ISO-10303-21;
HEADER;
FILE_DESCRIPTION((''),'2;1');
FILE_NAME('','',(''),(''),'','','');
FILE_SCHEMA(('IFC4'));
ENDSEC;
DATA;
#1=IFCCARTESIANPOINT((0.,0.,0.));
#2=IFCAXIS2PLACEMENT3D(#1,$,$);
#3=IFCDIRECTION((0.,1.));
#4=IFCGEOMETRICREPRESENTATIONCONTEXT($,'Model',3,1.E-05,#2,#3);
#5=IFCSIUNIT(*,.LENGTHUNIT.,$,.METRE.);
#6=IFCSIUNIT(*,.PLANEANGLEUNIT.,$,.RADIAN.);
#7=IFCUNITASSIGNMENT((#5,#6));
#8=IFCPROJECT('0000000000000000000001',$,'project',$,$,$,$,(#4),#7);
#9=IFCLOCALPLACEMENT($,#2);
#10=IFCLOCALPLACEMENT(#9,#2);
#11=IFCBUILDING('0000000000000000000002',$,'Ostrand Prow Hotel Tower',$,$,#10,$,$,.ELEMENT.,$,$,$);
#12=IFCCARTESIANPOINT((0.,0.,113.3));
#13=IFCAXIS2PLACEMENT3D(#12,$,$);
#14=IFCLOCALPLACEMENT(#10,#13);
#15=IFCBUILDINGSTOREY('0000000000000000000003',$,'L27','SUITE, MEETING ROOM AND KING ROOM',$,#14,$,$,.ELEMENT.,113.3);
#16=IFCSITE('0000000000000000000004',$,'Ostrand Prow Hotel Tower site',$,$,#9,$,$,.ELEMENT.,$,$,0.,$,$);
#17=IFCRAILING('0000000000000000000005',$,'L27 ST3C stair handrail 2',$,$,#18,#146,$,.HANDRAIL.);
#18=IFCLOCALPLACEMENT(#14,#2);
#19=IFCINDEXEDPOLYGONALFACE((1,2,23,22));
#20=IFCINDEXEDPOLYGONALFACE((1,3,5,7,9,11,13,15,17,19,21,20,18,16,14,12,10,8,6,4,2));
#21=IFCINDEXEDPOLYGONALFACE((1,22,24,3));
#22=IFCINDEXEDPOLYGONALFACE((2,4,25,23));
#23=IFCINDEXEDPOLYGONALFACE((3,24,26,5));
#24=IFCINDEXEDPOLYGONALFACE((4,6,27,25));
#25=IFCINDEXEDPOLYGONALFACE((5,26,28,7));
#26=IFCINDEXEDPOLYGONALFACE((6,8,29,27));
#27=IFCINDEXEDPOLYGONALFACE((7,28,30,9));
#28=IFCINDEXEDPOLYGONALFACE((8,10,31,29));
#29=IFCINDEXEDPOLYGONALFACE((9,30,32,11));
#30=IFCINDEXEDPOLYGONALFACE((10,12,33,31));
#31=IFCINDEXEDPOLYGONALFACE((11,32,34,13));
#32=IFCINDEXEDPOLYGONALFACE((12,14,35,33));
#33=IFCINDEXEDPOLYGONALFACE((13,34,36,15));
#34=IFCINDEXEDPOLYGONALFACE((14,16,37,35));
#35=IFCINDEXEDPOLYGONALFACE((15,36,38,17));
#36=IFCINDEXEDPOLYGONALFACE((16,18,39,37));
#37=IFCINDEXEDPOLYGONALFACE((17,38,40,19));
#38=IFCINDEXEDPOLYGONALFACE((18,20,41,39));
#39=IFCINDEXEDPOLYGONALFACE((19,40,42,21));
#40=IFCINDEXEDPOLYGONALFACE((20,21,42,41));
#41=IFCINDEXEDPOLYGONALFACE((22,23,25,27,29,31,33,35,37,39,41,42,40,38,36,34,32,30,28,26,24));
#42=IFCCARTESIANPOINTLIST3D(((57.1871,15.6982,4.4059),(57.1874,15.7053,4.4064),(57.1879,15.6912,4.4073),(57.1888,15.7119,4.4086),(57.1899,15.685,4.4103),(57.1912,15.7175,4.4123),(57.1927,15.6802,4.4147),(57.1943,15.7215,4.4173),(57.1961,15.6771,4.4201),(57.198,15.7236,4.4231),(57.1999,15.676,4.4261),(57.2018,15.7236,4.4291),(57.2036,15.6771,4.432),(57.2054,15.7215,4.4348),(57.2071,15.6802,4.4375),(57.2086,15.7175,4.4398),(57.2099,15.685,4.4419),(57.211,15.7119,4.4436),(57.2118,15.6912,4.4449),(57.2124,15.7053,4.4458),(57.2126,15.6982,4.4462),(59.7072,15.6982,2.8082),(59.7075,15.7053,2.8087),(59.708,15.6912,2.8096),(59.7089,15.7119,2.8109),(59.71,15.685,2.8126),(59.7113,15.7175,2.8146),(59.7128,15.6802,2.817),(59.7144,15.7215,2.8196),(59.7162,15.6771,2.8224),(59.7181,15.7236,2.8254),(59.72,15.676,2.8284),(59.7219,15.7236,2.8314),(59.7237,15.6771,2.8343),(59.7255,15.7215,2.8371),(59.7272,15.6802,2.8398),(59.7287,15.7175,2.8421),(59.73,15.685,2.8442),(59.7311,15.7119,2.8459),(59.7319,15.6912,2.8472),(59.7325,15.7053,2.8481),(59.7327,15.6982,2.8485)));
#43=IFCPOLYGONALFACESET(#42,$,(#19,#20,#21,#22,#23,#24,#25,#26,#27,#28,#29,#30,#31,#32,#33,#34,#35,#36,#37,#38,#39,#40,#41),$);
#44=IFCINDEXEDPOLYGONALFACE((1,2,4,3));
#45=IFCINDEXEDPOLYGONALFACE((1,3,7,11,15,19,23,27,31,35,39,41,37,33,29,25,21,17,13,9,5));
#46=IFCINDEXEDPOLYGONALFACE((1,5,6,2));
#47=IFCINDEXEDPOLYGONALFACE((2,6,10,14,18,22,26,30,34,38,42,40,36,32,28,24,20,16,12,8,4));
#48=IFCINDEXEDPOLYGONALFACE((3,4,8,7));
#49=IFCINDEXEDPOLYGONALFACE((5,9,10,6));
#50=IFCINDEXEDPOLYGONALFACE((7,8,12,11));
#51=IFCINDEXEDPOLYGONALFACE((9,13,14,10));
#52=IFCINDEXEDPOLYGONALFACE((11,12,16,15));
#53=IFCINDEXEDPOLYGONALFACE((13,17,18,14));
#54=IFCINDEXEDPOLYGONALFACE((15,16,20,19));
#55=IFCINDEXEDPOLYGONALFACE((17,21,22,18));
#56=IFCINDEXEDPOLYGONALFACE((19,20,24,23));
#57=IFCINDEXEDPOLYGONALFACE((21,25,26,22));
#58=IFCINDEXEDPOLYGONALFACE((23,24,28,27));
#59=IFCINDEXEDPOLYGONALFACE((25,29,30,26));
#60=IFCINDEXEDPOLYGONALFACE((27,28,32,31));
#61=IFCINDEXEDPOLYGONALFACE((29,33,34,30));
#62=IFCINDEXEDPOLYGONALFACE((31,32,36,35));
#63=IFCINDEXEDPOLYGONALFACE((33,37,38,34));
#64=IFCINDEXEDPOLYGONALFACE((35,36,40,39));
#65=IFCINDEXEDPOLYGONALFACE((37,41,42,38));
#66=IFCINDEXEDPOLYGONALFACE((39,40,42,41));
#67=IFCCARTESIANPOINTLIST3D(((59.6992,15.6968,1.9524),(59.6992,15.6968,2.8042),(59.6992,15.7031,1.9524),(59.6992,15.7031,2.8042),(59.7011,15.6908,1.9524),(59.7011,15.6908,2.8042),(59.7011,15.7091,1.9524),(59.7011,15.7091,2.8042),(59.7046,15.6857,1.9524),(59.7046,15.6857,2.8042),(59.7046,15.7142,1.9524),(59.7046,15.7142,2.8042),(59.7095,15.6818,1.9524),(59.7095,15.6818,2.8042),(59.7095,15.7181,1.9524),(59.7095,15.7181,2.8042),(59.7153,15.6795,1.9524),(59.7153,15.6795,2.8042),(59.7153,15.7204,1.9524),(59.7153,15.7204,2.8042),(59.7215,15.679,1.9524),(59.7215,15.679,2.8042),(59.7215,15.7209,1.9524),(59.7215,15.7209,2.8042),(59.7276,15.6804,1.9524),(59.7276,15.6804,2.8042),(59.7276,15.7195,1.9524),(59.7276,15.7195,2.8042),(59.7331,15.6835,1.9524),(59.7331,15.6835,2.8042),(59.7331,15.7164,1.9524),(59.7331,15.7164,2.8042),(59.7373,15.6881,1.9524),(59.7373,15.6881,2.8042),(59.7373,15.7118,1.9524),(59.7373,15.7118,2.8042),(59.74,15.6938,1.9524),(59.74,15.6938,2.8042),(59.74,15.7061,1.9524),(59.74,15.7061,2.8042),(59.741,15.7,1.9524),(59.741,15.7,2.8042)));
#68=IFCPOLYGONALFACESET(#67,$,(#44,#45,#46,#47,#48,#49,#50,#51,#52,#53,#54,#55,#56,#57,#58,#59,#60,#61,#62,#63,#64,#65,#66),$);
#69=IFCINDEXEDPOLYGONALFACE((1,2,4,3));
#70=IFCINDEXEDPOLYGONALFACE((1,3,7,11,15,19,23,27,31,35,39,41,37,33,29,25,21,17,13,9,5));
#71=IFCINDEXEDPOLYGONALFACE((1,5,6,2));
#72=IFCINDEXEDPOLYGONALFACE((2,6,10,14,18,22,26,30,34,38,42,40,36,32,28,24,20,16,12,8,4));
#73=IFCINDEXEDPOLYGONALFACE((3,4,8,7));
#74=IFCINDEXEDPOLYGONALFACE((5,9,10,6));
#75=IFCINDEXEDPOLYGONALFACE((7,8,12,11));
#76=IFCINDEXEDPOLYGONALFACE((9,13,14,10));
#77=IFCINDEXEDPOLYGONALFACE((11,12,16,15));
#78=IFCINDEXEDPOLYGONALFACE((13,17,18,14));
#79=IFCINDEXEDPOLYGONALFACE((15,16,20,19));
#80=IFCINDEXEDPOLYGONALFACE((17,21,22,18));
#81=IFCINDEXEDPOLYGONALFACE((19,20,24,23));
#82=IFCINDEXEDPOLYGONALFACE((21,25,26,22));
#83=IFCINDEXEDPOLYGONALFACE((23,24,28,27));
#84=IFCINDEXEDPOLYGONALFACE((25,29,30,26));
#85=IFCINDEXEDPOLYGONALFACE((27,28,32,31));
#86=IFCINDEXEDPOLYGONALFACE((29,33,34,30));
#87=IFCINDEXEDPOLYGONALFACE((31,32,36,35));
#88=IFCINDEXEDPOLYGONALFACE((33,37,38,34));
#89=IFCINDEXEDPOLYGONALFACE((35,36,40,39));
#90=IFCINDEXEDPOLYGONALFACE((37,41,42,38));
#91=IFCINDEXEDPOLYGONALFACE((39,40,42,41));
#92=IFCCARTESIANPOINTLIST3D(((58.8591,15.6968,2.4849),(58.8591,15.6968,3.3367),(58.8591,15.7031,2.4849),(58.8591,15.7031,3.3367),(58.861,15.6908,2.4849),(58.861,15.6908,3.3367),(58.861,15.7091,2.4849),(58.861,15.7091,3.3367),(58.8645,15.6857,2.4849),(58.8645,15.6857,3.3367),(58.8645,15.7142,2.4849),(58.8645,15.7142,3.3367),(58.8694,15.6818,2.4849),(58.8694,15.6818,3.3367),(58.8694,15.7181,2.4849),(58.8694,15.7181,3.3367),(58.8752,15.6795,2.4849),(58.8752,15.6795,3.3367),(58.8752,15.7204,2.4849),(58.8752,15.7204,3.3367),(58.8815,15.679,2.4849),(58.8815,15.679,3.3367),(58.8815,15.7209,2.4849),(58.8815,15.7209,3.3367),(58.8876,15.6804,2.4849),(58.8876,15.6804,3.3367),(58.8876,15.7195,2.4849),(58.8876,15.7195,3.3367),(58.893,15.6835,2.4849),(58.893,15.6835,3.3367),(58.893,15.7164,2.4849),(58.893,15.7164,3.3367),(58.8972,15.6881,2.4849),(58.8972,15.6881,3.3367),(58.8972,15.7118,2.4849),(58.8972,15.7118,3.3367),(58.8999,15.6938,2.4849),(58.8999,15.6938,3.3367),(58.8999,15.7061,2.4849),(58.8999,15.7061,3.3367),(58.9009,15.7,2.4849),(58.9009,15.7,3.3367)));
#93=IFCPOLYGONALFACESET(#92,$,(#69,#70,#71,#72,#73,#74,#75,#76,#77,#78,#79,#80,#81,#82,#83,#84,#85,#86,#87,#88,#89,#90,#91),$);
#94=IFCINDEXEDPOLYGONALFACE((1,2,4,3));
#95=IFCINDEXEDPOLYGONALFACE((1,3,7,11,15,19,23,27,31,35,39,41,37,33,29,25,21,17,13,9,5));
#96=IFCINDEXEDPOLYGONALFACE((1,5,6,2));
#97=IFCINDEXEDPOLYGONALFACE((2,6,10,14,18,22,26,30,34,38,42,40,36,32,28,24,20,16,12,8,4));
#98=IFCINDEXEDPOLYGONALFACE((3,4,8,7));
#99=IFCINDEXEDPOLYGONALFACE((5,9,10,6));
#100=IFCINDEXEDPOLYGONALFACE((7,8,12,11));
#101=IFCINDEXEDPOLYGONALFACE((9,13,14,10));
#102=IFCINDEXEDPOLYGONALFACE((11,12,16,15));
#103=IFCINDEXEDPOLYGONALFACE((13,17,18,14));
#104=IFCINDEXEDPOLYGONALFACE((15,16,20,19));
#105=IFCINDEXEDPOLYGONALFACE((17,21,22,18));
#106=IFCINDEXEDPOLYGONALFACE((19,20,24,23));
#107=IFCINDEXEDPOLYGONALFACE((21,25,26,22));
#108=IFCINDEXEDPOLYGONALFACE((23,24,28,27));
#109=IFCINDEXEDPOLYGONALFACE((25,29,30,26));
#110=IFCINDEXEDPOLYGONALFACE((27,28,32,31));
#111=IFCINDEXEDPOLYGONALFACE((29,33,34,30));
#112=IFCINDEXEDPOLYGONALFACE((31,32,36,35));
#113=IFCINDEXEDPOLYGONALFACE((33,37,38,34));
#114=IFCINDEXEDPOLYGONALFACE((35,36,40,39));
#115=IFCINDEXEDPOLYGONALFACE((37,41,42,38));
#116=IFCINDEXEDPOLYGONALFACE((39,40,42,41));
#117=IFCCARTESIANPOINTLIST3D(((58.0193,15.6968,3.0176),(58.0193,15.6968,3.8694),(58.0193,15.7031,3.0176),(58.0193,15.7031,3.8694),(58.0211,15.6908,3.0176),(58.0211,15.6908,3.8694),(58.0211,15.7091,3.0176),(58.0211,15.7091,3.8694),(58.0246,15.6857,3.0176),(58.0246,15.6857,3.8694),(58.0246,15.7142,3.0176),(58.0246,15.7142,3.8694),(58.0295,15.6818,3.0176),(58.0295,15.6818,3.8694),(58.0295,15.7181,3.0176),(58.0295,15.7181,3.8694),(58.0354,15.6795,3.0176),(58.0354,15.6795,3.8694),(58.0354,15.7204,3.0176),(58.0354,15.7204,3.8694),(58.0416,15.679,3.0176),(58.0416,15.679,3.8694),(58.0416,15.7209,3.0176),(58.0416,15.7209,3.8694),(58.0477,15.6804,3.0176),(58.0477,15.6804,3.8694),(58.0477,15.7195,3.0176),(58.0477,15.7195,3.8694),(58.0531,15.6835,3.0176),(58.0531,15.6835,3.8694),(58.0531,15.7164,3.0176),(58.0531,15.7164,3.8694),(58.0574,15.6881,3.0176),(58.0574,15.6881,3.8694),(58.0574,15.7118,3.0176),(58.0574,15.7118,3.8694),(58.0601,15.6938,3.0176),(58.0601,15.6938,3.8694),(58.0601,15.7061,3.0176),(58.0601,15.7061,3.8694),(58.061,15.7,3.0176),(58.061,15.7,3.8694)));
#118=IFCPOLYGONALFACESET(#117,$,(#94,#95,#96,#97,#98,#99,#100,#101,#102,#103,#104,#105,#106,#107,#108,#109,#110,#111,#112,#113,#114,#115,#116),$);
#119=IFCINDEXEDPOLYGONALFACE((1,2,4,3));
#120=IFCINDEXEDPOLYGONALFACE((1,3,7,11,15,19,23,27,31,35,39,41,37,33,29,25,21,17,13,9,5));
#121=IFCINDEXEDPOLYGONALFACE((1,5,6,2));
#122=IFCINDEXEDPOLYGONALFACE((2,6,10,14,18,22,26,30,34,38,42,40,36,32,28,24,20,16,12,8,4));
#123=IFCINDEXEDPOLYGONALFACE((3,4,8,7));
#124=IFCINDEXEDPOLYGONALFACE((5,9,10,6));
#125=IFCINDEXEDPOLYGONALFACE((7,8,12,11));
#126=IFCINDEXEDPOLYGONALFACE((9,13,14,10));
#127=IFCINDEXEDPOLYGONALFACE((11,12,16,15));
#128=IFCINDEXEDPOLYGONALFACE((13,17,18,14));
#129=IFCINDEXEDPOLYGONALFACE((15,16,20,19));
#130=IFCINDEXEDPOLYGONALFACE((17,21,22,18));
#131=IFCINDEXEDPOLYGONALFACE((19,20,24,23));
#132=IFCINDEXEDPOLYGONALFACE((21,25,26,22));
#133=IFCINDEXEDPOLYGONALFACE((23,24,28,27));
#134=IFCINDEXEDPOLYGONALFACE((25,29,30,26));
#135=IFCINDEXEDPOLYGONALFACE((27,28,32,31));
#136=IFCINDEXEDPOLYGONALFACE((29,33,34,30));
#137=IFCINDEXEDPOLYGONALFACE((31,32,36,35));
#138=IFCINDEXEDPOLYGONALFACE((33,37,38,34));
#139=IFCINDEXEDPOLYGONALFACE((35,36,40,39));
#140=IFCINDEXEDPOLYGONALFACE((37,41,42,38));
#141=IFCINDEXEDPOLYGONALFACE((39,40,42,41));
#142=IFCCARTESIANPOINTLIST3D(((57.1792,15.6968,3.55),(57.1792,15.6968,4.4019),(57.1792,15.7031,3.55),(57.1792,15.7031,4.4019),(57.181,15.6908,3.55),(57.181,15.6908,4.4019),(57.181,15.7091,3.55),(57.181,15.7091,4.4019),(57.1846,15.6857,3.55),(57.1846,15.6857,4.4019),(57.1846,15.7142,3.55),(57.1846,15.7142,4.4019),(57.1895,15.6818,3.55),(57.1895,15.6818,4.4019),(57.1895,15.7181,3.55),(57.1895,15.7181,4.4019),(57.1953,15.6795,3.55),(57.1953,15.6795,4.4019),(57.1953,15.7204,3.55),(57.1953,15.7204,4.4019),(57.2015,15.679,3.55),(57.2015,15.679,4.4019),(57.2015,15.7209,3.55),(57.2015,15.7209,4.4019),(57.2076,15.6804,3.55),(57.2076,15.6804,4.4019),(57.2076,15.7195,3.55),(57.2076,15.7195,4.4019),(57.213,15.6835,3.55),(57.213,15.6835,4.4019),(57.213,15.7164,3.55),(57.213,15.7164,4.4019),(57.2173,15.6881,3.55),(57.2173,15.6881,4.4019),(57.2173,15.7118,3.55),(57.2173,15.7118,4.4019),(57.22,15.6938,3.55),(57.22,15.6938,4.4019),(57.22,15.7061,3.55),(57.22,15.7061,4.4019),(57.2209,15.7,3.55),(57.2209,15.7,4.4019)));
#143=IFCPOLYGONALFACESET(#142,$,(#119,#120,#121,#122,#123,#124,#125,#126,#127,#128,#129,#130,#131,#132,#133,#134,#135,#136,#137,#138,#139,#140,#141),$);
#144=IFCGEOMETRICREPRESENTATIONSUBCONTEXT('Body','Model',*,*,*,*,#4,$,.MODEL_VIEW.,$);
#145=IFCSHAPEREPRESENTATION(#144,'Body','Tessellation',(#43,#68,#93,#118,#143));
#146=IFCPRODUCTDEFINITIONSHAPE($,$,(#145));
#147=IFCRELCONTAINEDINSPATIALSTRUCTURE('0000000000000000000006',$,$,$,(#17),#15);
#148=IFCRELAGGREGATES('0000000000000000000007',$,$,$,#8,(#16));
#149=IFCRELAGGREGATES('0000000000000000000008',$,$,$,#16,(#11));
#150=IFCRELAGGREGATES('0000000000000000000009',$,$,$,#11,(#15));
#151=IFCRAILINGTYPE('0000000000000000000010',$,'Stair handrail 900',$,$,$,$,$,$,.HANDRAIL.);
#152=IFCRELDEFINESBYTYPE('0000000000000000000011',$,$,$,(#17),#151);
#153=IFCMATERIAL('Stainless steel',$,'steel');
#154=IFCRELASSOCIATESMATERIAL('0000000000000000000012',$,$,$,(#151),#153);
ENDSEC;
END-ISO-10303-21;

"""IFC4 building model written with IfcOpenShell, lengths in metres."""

from ifc_helpers import new_model, si_unit, direction, frame, origin, origin_2d, place, context, subcontext, project, spatial, circle, extrude, material, type_object, element, save


model = new_model("IFC4")

# Units and contexts
model_context = context("Model", 3, precision=1e-05, world=origin(), true_north=direction((0.0, 1.0)))
body_context = subcontext(model_context, "Body", "Model", "MODEL_VIEW")
ifc_project = project(units=[si_unit("LENGTHUNIT", "METRE"), si_unit("PLANEANGLEUNIT", "RADIAN")], contexts=[model_context])

# Site, building, storey
site_placement = place(None, origin())
site = spatial("IfcSite", under=ifc_project, at=site_placement, Name="Ostrand Prow Hotel Tower site", CompositionType="ELEMENT", RefElevation=0.0)
building_placement = place(site_placement, origin())
building = spatial("IfcBuilding", under=site, at=building_placement, Name="Ostrand Prow Hotel Tower", CompositionType="ELEMENT")
storey_placement = place(building_placement, frame((0.0, 0.0, 113.3)))
storey = spatial("IfcBuildingStorey", under=building, at=storey_placement, Name="L27", Description="SUITE, MEETING ROOM AND KING ROOM", CompositionType="ELEMENT", Elevation=113.3)

# Railing
ifc_material_1 = material(Name="Stainless steel", Category="steel")
railing_type_1 = type_object("IfcRailingType", Name="Stair handrail 900", PredefinedType="HANDRAIL", material=ifc_material_1)
railing_1_placement = place(storey_placement, frame((59.72, 15.7, 1.9524)))
element("IfcRailing", 1, at=railing_1_placement, inside=storey, type_object=railing_type_1, Name="L27 ST3C stair handrail 2", PredefinedType="HANDRAIL", context=body_context, shape_type="SweptSolid", body=[
    extrude(circle(Radius=0.0239, at=origin_2d()), frame((0.0, 0.0, 0.876), z_axis=(-0.84457, 0.0, 0.535445), x_axis=(0.0, -1.0, 0.0)), (0.0, 0.0, 1.0), 2.9839),
    extrude(circle(Radius=0.021, at=origin_2d()), origin(), (0.0, 0.0, 1.0), 0.8518),
    extrude(circle(Radius=0.021, at=origin_2d()), frame((-0.8401, 0.0, 0.5325)), (0.0, 0.0, 1.0), 0.8518),
    extrude(circle(Radius=0.021, at=origin_2d()), frame((-1.6799, 0.0, 1.0652)), (0.0, 0.0, 1.0), 0.8518),
    extrude(circle(Radius=0.021, at=origin_2d()), frame((-2.52, 0.0, 1.5977)), (0.0, 0.0, 1.0), 0.8518),
])

save(model, "model.ifc")
